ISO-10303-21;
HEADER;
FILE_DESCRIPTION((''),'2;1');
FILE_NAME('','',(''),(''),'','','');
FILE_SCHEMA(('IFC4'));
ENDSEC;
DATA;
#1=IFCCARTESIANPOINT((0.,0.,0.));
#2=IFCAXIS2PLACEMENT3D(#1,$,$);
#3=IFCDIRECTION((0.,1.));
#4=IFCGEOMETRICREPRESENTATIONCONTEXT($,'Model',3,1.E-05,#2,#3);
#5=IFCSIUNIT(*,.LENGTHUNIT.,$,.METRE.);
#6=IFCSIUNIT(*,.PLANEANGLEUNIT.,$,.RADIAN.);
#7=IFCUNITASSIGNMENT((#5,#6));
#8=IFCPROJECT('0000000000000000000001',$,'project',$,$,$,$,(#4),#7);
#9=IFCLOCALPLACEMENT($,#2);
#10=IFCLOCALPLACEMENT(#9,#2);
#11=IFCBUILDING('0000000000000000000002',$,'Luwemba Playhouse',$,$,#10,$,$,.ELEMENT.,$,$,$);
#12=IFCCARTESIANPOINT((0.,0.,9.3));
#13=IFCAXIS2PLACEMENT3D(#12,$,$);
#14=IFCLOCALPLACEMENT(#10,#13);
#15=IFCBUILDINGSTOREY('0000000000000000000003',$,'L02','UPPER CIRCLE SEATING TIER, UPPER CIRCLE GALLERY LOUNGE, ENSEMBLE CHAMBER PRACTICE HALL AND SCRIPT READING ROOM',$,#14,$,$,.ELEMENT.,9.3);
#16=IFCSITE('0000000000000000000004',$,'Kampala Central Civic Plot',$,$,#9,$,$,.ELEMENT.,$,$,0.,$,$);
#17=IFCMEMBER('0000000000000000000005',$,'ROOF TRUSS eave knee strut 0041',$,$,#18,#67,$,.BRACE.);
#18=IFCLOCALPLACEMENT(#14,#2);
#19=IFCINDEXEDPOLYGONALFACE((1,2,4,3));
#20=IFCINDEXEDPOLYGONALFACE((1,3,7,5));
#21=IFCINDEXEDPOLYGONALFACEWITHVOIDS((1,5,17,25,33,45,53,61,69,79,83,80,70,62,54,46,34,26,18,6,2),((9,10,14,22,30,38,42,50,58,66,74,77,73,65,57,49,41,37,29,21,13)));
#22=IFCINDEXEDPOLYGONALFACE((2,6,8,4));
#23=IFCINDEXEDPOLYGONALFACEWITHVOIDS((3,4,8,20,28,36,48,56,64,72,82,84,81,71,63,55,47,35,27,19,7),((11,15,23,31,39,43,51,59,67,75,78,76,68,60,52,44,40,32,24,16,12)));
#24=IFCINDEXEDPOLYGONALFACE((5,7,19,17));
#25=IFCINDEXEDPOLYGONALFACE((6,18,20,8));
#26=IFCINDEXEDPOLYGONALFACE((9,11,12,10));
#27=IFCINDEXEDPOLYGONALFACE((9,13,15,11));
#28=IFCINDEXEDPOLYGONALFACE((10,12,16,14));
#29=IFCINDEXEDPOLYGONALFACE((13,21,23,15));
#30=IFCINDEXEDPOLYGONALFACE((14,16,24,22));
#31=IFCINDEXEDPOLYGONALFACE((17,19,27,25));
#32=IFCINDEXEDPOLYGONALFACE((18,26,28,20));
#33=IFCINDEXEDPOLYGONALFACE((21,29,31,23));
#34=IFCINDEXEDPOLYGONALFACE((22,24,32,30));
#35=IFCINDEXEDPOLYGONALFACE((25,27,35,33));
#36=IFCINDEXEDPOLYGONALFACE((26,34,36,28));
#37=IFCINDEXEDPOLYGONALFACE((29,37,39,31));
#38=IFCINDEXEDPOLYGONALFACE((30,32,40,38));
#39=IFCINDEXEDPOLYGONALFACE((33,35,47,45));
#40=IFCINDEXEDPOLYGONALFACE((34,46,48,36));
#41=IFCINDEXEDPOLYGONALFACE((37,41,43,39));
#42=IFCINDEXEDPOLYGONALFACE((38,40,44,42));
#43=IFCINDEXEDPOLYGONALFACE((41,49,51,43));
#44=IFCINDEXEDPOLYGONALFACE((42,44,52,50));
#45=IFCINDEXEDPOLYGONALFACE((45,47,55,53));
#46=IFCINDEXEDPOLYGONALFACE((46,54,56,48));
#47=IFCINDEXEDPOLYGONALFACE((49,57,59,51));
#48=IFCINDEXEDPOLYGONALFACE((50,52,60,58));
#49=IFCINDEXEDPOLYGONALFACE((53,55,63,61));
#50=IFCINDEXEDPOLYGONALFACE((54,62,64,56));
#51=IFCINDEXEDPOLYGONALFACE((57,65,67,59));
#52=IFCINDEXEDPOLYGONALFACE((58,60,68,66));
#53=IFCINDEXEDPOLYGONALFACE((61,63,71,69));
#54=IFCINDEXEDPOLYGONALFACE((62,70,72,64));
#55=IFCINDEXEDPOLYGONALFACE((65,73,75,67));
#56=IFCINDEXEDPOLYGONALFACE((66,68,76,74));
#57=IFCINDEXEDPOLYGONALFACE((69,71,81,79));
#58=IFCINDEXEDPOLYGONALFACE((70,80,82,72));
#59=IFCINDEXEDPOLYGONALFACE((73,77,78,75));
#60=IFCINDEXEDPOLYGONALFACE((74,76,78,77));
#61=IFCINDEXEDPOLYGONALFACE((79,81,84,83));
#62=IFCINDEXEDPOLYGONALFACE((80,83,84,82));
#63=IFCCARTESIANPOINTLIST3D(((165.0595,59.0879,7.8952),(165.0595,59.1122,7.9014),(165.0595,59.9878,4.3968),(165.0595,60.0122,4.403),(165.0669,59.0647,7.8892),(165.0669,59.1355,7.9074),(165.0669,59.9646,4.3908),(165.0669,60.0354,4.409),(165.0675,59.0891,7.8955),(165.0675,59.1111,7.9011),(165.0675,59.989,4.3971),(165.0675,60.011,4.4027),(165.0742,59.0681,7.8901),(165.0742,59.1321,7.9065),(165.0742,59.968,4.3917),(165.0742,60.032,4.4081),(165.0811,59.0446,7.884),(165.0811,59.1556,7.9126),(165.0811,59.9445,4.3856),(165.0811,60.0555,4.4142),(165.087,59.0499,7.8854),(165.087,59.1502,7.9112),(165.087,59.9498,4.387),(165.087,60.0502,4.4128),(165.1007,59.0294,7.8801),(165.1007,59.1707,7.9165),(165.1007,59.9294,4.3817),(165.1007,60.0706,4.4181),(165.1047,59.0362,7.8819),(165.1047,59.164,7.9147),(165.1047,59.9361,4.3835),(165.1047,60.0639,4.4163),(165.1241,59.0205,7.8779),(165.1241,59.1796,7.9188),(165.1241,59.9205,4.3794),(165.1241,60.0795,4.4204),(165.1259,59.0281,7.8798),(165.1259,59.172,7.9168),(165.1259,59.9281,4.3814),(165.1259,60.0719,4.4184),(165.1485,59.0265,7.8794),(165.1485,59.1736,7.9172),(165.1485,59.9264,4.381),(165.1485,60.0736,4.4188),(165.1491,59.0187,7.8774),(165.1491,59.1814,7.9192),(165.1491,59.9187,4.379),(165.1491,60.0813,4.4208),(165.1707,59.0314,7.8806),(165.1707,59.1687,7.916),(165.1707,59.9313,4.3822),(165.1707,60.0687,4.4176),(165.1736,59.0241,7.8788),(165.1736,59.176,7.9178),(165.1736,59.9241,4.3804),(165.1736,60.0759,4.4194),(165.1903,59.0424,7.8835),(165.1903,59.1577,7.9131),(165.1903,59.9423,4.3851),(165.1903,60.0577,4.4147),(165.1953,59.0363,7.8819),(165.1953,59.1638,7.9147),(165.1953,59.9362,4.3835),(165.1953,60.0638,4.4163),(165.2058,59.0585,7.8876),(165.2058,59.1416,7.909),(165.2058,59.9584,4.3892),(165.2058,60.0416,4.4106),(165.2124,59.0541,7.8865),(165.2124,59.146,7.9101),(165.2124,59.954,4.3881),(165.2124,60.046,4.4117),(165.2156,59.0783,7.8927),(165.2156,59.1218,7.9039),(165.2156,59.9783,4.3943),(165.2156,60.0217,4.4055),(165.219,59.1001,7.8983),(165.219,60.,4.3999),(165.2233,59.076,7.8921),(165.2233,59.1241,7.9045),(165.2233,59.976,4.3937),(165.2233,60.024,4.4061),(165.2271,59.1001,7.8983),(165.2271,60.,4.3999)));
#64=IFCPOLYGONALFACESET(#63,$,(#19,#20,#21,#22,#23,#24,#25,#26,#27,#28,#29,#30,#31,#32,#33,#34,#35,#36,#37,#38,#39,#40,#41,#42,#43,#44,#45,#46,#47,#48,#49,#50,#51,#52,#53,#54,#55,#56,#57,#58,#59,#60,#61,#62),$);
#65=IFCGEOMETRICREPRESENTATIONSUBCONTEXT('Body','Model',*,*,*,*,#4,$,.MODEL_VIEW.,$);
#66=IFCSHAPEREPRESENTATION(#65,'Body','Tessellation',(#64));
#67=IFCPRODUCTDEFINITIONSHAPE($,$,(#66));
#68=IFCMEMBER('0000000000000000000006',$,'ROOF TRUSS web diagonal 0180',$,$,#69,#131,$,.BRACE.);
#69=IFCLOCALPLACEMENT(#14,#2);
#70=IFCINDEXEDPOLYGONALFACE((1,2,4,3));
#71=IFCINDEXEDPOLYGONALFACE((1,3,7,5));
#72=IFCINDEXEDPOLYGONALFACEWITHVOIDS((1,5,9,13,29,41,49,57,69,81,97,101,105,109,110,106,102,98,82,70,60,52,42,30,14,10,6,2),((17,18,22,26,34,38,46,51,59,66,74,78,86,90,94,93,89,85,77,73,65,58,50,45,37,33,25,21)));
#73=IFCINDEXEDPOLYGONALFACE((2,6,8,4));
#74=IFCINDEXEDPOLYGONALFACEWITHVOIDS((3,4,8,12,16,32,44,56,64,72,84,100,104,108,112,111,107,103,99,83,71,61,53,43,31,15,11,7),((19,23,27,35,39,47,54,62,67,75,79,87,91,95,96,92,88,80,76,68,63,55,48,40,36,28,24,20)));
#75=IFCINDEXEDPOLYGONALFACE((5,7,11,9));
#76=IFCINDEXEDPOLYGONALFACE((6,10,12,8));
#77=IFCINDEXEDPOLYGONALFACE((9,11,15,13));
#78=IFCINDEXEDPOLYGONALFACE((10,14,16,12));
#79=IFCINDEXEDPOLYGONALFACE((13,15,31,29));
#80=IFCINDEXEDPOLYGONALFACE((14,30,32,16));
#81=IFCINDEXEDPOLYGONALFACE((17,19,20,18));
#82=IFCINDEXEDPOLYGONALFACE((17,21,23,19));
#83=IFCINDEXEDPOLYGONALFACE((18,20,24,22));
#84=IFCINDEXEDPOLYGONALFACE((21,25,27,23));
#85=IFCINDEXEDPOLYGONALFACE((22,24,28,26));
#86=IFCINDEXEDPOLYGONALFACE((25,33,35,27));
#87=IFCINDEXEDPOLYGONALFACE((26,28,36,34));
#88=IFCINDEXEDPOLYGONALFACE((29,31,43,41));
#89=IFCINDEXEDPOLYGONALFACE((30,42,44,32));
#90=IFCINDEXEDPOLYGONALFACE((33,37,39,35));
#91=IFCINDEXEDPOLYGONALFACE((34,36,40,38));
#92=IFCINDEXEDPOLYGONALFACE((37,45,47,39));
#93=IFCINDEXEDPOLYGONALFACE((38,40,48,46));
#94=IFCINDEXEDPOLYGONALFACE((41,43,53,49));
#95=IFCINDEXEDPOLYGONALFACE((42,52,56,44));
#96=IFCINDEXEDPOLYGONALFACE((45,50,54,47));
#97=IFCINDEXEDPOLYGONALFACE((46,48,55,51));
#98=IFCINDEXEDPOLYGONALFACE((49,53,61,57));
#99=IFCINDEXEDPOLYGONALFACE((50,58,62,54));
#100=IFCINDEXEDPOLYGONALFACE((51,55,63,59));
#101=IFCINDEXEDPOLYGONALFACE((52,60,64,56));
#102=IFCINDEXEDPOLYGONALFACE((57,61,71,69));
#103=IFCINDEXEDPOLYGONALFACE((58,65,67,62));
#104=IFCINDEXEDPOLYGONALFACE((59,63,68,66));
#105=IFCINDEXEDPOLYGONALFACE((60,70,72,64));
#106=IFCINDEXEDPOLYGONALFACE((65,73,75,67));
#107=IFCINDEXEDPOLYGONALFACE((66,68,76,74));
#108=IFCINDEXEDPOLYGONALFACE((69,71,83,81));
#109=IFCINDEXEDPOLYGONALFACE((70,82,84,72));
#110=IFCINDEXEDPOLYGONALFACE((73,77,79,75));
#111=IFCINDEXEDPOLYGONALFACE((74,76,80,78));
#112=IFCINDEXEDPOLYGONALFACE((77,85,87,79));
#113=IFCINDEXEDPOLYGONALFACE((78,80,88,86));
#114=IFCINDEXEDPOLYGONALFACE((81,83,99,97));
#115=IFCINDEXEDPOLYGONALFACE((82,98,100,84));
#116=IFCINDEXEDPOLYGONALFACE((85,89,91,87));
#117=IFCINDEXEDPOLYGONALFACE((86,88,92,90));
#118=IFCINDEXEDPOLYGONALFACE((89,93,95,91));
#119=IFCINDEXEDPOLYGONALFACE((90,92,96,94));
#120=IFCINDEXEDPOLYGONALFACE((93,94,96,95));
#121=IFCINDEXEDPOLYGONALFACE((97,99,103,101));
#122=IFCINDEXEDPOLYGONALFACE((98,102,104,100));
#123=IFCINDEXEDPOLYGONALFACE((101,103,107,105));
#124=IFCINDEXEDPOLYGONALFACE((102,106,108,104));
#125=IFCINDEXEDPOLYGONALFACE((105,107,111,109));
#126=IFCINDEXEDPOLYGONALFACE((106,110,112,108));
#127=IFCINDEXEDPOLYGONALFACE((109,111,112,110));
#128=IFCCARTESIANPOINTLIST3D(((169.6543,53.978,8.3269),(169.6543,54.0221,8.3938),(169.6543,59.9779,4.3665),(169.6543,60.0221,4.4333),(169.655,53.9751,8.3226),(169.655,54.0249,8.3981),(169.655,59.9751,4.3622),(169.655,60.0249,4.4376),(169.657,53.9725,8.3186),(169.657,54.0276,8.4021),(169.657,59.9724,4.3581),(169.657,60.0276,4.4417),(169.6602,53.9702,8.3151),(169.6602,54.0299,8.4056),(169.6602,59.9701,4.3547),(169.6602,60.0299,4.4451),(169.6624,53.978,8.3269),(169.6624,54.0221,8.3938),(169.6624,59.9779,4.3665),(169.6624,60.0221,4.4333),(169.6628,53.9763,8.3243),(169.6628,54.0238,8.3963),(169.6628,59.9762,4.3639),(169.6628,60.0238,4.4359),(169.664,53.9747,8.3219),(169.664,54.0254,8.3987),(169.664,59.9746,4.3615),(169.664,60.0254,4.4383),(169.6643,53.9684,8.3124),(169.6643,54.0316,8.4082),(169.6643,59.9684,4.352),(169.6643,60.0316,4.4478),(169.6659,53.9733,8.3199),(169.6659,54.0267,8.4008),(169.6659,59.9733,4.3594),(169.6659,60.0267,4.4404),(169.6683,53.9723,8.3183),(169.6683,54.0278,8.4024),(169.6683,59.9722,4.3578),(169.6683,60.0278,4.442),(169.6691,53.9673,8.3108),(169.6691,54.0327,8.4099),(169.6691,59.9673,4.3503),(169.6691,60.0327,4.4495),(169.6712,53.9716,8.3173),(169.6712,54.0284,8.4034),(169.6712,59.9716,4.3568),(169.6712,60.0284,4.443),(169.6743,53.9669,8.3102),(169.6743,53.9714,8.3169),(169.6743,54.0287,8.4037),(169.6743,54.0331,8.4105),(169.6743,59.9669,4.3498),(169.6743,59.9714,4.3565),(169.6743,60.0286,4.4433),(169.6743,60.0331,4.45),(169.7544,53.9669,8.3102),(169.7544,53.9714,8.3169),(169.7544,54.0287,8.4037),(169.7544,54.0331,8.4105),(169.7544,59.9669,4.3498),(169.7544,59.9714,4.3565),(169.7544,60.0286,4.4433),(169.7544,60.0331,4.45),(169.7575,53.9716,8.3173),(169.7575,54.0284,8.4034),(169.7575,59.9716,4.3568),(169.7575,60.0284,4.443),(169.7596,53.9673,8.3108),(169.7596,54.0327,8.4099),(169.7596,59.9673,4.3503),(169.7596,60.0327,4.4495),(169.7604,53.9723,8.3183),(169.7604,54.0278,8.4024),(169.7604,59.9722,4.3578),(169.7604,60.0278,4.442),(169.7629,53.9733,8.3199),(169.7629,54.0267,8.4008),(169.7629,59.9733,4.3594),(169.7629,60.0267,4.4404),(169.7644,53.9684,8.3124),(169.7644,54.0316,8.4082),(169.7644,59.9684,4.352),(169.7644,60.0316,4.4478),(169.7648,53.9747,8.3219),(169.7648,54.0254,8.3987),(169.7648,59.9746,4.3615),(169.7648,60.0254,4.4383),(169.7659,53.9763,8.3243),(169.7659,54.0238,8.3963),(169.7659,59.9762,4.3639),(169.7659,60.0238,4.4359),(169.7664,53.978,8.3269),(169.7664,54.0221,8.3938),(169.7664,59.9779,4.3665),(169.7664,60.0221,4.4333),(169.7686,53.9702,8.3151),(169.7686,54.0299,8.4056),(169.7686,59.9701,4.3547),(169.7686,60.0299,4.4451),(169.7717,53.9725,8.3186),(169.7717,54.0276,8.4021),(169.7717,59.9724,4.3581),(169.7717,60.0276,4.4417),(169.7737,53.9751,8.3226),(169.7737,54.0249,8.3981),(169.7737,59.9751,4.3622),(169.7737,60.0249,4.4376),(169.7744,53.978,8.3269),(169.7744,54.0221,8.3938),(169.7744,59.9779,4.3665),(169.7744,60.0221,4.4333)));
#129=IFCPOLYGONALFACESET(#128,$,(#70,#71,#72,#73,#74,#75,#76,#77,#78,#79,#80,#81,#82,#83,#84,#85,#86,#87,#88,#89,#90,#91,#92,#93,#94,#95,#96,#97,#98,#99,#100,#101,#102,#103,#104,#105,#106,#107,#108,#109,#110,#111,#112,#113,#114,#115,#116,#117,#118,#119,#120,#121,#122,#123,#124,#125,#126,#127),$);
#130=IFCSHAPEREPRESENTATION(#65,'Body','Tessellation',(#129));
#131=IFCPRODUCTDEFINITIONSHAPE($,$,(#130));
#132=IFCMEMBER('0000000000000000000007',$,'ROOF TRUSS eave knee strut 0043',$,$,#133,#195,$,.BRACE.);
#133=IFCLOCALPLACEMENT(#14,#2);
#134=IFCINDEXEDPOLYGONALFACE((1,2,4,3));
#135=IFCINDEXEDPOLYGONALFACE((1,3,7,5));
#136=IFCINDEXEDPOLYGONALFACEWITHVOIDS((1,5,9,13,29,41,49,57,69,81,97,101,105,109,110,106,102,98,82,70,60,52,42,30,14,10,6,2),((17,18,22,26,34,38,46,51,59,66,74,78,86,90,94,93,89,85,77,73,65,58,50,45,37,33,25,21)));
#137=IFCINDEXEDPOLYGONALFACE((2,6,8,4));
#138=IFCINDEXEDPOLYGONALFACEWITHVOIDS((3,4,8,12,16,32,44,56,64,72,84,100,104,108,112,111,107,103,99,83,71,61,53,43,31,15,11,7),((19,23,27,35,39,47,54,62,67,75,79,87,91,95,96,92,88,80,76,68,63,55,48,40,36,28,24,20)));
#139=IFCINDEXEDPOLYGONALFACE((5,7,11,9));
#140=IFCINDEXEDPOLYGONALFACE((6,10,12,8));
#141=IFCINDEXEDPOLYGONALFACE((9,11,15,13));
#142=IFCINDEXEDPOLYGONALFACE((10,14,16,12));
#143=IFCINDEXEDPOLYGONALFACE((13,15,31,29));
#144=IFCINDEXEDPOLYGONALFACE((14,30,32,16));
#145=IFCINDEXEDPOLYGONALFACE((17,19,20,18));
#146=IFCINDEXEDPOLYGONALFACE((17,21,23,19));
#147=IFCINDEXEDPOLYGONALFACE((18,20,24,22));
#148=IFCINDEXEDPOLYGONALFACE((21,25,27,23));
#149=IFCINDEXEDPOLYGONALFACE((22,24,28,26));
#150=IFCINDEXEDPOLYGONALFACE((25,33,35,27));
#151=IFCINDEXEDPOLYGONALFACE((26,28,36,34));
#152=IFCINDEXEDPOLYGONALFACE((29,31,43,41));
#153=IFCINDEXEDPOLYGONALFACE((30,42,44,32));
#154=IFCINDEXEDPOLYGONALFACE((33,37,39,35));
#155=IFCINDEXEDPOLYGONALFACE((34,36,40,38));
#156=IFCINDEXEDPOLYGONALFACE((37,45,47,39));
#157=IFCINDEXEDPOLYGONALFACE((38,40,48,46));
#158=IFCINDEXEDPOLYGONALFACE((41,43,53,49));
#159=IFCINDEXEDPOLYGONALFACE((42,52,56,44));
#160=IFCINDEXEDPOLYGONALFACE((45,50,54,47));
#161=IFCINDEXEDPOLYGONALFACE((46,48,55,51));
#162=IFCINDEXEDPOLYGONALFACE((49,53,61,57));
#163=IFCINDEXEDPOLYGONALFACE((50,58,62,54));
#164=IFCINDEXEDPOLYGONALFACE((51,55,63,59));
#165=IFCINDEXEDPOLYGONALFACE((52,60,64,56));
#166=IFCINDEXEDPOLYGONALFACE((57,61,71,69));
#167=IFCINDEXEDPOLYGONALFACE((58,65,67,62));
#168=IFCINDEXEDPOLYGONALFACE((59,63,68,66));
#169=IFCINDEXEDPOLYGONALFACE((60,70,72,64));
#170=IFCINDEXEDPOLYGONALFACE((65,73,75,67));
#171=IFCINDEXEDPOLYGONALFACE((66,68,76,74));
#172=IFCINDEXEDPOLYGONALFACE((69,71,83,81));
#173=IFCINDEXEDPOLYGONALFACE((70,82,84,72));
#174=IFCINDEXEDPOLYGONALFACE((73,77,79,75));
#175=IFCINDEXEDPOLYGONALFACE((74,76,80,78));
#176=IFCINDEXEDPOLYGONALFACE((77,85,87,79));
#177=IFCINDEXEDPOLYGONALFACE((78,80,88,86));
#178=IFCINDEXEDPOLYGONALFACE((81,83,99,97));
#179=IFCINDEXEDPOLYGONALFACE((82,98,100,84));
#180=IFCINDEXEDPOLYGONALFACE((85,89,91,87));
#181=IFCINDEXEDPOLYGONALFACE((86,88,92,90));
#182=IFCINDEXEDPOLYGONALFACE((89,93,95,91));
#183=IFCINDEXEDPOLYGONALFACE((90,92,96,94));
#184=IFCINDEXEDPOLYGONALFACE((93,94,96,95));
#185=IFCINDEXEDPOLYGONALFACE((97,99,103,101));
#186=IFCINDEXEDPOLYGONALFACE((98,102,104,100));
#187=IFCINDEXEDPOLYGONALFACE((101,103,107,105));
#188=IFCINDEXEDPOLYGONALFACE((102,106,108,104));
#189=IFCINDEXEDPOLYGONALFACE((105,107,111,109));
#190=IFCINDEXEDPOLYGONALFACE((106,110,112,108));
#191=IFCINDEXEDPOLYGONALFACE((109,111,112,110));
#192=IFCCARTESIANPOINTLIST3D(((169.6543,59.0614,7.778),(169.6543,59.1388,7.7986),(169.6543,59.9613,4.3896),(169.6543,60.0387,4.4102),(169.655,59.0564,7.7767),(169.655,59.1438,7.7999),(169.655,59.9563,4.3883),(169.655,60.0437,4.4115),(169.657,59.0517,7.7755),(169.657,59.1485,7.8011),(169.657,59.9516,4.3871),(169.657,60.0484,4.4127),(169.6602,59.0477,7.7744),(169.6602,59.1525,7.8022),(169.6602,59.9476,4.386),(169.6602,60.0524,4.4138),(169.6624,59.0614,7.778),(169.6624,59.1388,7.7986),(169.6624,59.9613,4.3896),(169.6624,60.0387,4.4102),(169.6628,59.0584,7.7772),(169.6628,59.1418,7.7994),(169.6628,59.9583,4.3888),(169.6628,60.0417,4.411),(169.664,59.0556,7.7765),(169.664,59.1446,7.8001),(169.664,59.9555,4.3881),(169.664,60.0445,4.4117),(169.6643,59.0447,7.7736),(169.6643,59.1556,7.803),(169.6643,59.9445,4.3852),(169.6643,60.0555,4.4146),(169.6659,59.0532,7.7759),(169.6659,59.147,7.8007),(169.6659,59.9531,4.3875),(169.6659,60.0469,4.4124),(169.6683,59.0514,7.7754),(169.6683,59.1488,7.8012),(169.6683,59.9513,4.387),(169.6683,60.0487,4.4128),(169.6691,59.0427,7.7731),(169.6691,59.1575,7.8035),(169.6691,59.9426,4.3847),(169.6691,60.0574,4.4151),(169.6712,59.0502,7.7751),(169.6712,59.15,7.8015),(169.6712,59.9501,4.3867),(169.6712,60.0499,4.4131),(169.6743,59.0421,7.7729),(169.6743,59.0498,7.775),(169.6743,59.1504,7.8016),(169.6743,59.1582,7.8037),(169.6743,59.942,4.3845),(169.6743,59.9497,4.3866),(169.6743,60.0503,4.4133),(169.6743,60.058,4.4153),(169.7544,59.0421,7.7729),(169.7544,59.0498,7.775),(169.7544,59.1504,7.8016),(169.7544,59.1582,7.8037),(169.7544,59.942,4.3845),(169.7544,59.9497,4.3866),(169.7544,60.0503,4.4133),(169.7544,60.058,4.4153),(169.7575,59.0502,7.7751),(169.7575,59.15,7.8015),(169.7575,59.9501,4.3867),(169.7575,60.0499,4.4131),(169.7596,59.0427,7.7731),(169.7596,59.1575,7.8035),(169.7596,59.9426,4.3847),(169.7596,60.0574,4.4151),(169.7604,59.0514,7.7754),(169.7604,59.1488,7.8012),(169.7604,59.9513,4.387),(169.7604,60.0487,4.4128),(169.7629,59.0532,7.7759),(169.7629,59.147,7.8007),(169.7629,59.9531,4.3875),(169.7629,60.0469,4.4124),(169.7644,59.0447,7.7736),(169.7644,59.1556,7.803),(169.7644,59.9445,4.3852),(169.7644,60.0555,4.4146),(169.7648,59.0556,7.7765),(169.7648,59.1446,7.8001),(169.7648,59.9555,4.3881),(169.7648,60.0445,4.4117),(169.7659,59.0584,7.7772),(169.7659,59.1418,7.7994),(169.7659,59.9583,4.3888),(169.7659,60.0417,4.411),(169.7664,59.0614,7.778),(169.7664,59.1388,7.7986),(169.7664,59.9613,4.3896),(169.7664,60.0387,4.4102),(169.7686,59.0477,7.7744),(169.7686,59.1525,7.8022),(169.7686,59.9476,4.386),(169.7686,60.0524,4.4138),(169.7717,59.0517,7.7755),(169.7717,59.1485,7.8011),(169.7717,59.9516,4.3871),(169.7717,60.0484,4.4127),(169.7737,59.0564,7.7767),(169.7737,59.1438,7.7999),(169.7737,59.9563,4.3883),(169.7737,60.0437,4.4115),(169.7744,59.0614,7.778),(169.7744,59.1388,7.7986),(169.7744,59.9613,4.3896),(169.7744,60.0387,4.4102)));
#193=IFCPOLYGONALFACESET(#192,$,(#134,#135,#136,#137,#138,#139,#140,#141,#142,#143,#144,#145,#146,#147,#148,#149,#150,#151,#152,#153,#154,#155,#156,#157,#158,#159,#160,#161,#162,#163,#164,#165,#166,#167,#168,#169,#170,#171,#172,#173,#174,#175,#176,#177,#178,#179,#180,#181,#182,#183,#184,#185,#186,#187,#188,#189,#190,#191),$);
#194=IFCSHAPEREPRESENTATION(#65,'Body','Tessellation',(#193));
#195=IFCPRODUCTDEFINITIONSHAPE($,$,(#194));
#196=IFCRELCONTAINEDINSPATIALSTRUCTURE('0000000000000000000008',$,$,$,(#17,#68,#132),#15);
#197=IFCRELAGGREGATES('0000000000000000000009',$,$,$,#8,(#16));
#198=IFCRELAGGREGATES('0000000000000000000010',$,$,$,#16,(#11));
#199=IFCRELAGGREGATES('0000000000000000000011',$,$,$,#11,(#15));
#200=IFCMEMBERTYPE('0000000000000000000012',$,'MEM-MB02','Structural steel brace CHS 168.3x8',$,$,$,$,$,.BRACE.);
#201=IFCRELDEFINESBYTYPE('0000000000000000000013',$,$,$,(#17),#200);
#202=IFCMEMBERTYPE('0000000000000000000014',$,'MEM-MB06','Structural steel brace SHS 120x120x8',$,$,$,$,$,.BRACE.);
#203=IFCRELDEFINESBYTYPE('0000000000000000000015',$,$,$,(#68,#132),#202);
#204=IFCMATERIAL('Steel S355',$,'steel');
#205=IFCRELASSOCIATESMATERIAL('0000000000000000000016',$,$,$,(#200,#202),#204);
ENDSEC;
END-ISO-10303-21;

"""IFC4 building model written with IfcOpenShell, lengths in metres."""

from ifc_helpers import new_model, si_unit, direction, frame, origin, origin_2d, place, context, subcontext, project, spatial, hollow_rectangle, hollow_circle, extrude, material, material_profile, profile_set, type_object, element, save


model = new_model("IFC4")

# Units and contexts
model_context = context("Model", 3, precision=1e-05, world=origin(), true_north=direction((0.0, 1.0)))
body_context = subcontext(model_context, "Body", "Model", "MODEL_VIEW")
ifc_project = project(units=[si_unit("LENGTHUNIT", "METRE"), si_unit("PLANEANGLEUNIT", "RADIAN")], contexts=[model_context])

# Site, building, storey
site_placement = place(None, origin())
site = spatial("IfcSite", under=ifc_project, at=site_placement, Name="Kampala Central Civic Plot", CompositionType="ELEMENT", RefElevation=0.0)
building_placement = place(site_placement, origin())
building = spatial("IfcBuilding", under=site, at=building_placement, Name="Luwemba Playhouse", CompositionType="ELEMENT")
storey_placement = place(building_placement, frame((0.0, 0.0, 9.3)))
storey = spatial("IfcBuildingStorey", under=building, at=storey_placement, Name="L02", Description="UPPER CIRCLE SEATING TIER, UPPER CIRCLE GALLERY LOUNGE, ENSEMBLE CHAMBER PRACTICE HALL AND SCRIPT READING ROOM", CompositionType="ELEMENT", Elevation=9.3)

# Shared definitions
ifc_material_1 = material(Name="Steel S355", Category="steel")

# Members
ifc_material_profile_1 = material_profile(ifc_material_1, hollow_circle(Radius=0.0842, WallThickness=0.0081, at=origin_2d()))
ifc_profile_set_1 = profile_set([ifc_material_profile_1], Name="Steel S355")
member_type_1 = type_object("IfcMemberType", Name="MEM-MB02", Description="Structural steel brace CHS 168.3x8", PredefinedType="BRACE", material=ifc_profile_set_1)
member_1_placement = place(storey_placement, frame((165.1428, 60.0, 4.3999), z_axis=(0.0, -0.24913, 0.96847), x_axis=(1.0, 0.0, 0.0)))
element("IfcMember", 1, at=member_1_placement, inside=storey, type_object=member_type_1, Name="ROOF TRUSS eave knee strut 0041", PredefinedType="BRACE", context=body_context, shape_type="SweptSolid", body=[
    extrude(hollow_circle(Radius=0.0842, WallThickness=0.0081, at=origin_2d()), origin(), (0.0, 0.0, 1.0), 3.6123),
])
ifc_material_profile_2 = material_profile(ifc_material_1, hollow_rectangle(XDim=0.1201, YDim=0.1201, WallThickness=0.0081, InnerFilletRadius=0.012, OuterFilletRadius=0.02, at=origin_2d()))
ifc_profile_set_2 = profile_set([ifc_material_profile_2], Name="Steel S355")
member_type_2 = type_object("IfcMemberType", Name="MEM-MB06", Description="Structural steel brace SHS 120x120x8", PredefinedType="BRACE", material=ifc_profile_set_2)
member_2_placement = place(storey_placement, frame((169.7144, 60.0, 4.3999), z_axis=(0.0, -0.834581, 0.550886), x_axis=(1.0, 0.0, 0.0)))
element("IfcMember", 2, at=member_2_placement, inside=storey, type_object=member_type_2, Name="ROOF TRUSS web diagonal 0180", PredefinedType="BRACE", context=body_context, shape_type="SweptSolid", body=[
    extrude(hollow_rectangle(XDim=0.1201, YDim=0.1201, WallThickness=0.0081, InnerFilletRadius=0.012, OuterFilletRadius=0.02, at=origin_2d()), origin(), (0.0, 0.0, 1.0), 7.1892),
])
member_3_placement = place(storey_placement, frame((169.7144, 60.0, 4.3999), z_axis=(0.0, -0.256683, 0.966496), x_axis=(1.0, 0.0, 0.0)))
element("IfcMember", 3, at=member_3_placement, inside=storey, type_object=member_type_2, Name="ROOF TRUSS eave knee strut 0043", PredefinedType="BRACE", context=body_context, shape_type="SweptSolid", body=[
    extrude(hollow_rectangle(XDim=0.1201, YDim=0.1201, WallThickness=0.0081, InnerFilletRadius=0.012, OuterFilletRadius=0.02, at=origin_2d()), origin(), (0.0, 0.0, 1.0), 3.5059),
])

save(model, "model.ifc")
